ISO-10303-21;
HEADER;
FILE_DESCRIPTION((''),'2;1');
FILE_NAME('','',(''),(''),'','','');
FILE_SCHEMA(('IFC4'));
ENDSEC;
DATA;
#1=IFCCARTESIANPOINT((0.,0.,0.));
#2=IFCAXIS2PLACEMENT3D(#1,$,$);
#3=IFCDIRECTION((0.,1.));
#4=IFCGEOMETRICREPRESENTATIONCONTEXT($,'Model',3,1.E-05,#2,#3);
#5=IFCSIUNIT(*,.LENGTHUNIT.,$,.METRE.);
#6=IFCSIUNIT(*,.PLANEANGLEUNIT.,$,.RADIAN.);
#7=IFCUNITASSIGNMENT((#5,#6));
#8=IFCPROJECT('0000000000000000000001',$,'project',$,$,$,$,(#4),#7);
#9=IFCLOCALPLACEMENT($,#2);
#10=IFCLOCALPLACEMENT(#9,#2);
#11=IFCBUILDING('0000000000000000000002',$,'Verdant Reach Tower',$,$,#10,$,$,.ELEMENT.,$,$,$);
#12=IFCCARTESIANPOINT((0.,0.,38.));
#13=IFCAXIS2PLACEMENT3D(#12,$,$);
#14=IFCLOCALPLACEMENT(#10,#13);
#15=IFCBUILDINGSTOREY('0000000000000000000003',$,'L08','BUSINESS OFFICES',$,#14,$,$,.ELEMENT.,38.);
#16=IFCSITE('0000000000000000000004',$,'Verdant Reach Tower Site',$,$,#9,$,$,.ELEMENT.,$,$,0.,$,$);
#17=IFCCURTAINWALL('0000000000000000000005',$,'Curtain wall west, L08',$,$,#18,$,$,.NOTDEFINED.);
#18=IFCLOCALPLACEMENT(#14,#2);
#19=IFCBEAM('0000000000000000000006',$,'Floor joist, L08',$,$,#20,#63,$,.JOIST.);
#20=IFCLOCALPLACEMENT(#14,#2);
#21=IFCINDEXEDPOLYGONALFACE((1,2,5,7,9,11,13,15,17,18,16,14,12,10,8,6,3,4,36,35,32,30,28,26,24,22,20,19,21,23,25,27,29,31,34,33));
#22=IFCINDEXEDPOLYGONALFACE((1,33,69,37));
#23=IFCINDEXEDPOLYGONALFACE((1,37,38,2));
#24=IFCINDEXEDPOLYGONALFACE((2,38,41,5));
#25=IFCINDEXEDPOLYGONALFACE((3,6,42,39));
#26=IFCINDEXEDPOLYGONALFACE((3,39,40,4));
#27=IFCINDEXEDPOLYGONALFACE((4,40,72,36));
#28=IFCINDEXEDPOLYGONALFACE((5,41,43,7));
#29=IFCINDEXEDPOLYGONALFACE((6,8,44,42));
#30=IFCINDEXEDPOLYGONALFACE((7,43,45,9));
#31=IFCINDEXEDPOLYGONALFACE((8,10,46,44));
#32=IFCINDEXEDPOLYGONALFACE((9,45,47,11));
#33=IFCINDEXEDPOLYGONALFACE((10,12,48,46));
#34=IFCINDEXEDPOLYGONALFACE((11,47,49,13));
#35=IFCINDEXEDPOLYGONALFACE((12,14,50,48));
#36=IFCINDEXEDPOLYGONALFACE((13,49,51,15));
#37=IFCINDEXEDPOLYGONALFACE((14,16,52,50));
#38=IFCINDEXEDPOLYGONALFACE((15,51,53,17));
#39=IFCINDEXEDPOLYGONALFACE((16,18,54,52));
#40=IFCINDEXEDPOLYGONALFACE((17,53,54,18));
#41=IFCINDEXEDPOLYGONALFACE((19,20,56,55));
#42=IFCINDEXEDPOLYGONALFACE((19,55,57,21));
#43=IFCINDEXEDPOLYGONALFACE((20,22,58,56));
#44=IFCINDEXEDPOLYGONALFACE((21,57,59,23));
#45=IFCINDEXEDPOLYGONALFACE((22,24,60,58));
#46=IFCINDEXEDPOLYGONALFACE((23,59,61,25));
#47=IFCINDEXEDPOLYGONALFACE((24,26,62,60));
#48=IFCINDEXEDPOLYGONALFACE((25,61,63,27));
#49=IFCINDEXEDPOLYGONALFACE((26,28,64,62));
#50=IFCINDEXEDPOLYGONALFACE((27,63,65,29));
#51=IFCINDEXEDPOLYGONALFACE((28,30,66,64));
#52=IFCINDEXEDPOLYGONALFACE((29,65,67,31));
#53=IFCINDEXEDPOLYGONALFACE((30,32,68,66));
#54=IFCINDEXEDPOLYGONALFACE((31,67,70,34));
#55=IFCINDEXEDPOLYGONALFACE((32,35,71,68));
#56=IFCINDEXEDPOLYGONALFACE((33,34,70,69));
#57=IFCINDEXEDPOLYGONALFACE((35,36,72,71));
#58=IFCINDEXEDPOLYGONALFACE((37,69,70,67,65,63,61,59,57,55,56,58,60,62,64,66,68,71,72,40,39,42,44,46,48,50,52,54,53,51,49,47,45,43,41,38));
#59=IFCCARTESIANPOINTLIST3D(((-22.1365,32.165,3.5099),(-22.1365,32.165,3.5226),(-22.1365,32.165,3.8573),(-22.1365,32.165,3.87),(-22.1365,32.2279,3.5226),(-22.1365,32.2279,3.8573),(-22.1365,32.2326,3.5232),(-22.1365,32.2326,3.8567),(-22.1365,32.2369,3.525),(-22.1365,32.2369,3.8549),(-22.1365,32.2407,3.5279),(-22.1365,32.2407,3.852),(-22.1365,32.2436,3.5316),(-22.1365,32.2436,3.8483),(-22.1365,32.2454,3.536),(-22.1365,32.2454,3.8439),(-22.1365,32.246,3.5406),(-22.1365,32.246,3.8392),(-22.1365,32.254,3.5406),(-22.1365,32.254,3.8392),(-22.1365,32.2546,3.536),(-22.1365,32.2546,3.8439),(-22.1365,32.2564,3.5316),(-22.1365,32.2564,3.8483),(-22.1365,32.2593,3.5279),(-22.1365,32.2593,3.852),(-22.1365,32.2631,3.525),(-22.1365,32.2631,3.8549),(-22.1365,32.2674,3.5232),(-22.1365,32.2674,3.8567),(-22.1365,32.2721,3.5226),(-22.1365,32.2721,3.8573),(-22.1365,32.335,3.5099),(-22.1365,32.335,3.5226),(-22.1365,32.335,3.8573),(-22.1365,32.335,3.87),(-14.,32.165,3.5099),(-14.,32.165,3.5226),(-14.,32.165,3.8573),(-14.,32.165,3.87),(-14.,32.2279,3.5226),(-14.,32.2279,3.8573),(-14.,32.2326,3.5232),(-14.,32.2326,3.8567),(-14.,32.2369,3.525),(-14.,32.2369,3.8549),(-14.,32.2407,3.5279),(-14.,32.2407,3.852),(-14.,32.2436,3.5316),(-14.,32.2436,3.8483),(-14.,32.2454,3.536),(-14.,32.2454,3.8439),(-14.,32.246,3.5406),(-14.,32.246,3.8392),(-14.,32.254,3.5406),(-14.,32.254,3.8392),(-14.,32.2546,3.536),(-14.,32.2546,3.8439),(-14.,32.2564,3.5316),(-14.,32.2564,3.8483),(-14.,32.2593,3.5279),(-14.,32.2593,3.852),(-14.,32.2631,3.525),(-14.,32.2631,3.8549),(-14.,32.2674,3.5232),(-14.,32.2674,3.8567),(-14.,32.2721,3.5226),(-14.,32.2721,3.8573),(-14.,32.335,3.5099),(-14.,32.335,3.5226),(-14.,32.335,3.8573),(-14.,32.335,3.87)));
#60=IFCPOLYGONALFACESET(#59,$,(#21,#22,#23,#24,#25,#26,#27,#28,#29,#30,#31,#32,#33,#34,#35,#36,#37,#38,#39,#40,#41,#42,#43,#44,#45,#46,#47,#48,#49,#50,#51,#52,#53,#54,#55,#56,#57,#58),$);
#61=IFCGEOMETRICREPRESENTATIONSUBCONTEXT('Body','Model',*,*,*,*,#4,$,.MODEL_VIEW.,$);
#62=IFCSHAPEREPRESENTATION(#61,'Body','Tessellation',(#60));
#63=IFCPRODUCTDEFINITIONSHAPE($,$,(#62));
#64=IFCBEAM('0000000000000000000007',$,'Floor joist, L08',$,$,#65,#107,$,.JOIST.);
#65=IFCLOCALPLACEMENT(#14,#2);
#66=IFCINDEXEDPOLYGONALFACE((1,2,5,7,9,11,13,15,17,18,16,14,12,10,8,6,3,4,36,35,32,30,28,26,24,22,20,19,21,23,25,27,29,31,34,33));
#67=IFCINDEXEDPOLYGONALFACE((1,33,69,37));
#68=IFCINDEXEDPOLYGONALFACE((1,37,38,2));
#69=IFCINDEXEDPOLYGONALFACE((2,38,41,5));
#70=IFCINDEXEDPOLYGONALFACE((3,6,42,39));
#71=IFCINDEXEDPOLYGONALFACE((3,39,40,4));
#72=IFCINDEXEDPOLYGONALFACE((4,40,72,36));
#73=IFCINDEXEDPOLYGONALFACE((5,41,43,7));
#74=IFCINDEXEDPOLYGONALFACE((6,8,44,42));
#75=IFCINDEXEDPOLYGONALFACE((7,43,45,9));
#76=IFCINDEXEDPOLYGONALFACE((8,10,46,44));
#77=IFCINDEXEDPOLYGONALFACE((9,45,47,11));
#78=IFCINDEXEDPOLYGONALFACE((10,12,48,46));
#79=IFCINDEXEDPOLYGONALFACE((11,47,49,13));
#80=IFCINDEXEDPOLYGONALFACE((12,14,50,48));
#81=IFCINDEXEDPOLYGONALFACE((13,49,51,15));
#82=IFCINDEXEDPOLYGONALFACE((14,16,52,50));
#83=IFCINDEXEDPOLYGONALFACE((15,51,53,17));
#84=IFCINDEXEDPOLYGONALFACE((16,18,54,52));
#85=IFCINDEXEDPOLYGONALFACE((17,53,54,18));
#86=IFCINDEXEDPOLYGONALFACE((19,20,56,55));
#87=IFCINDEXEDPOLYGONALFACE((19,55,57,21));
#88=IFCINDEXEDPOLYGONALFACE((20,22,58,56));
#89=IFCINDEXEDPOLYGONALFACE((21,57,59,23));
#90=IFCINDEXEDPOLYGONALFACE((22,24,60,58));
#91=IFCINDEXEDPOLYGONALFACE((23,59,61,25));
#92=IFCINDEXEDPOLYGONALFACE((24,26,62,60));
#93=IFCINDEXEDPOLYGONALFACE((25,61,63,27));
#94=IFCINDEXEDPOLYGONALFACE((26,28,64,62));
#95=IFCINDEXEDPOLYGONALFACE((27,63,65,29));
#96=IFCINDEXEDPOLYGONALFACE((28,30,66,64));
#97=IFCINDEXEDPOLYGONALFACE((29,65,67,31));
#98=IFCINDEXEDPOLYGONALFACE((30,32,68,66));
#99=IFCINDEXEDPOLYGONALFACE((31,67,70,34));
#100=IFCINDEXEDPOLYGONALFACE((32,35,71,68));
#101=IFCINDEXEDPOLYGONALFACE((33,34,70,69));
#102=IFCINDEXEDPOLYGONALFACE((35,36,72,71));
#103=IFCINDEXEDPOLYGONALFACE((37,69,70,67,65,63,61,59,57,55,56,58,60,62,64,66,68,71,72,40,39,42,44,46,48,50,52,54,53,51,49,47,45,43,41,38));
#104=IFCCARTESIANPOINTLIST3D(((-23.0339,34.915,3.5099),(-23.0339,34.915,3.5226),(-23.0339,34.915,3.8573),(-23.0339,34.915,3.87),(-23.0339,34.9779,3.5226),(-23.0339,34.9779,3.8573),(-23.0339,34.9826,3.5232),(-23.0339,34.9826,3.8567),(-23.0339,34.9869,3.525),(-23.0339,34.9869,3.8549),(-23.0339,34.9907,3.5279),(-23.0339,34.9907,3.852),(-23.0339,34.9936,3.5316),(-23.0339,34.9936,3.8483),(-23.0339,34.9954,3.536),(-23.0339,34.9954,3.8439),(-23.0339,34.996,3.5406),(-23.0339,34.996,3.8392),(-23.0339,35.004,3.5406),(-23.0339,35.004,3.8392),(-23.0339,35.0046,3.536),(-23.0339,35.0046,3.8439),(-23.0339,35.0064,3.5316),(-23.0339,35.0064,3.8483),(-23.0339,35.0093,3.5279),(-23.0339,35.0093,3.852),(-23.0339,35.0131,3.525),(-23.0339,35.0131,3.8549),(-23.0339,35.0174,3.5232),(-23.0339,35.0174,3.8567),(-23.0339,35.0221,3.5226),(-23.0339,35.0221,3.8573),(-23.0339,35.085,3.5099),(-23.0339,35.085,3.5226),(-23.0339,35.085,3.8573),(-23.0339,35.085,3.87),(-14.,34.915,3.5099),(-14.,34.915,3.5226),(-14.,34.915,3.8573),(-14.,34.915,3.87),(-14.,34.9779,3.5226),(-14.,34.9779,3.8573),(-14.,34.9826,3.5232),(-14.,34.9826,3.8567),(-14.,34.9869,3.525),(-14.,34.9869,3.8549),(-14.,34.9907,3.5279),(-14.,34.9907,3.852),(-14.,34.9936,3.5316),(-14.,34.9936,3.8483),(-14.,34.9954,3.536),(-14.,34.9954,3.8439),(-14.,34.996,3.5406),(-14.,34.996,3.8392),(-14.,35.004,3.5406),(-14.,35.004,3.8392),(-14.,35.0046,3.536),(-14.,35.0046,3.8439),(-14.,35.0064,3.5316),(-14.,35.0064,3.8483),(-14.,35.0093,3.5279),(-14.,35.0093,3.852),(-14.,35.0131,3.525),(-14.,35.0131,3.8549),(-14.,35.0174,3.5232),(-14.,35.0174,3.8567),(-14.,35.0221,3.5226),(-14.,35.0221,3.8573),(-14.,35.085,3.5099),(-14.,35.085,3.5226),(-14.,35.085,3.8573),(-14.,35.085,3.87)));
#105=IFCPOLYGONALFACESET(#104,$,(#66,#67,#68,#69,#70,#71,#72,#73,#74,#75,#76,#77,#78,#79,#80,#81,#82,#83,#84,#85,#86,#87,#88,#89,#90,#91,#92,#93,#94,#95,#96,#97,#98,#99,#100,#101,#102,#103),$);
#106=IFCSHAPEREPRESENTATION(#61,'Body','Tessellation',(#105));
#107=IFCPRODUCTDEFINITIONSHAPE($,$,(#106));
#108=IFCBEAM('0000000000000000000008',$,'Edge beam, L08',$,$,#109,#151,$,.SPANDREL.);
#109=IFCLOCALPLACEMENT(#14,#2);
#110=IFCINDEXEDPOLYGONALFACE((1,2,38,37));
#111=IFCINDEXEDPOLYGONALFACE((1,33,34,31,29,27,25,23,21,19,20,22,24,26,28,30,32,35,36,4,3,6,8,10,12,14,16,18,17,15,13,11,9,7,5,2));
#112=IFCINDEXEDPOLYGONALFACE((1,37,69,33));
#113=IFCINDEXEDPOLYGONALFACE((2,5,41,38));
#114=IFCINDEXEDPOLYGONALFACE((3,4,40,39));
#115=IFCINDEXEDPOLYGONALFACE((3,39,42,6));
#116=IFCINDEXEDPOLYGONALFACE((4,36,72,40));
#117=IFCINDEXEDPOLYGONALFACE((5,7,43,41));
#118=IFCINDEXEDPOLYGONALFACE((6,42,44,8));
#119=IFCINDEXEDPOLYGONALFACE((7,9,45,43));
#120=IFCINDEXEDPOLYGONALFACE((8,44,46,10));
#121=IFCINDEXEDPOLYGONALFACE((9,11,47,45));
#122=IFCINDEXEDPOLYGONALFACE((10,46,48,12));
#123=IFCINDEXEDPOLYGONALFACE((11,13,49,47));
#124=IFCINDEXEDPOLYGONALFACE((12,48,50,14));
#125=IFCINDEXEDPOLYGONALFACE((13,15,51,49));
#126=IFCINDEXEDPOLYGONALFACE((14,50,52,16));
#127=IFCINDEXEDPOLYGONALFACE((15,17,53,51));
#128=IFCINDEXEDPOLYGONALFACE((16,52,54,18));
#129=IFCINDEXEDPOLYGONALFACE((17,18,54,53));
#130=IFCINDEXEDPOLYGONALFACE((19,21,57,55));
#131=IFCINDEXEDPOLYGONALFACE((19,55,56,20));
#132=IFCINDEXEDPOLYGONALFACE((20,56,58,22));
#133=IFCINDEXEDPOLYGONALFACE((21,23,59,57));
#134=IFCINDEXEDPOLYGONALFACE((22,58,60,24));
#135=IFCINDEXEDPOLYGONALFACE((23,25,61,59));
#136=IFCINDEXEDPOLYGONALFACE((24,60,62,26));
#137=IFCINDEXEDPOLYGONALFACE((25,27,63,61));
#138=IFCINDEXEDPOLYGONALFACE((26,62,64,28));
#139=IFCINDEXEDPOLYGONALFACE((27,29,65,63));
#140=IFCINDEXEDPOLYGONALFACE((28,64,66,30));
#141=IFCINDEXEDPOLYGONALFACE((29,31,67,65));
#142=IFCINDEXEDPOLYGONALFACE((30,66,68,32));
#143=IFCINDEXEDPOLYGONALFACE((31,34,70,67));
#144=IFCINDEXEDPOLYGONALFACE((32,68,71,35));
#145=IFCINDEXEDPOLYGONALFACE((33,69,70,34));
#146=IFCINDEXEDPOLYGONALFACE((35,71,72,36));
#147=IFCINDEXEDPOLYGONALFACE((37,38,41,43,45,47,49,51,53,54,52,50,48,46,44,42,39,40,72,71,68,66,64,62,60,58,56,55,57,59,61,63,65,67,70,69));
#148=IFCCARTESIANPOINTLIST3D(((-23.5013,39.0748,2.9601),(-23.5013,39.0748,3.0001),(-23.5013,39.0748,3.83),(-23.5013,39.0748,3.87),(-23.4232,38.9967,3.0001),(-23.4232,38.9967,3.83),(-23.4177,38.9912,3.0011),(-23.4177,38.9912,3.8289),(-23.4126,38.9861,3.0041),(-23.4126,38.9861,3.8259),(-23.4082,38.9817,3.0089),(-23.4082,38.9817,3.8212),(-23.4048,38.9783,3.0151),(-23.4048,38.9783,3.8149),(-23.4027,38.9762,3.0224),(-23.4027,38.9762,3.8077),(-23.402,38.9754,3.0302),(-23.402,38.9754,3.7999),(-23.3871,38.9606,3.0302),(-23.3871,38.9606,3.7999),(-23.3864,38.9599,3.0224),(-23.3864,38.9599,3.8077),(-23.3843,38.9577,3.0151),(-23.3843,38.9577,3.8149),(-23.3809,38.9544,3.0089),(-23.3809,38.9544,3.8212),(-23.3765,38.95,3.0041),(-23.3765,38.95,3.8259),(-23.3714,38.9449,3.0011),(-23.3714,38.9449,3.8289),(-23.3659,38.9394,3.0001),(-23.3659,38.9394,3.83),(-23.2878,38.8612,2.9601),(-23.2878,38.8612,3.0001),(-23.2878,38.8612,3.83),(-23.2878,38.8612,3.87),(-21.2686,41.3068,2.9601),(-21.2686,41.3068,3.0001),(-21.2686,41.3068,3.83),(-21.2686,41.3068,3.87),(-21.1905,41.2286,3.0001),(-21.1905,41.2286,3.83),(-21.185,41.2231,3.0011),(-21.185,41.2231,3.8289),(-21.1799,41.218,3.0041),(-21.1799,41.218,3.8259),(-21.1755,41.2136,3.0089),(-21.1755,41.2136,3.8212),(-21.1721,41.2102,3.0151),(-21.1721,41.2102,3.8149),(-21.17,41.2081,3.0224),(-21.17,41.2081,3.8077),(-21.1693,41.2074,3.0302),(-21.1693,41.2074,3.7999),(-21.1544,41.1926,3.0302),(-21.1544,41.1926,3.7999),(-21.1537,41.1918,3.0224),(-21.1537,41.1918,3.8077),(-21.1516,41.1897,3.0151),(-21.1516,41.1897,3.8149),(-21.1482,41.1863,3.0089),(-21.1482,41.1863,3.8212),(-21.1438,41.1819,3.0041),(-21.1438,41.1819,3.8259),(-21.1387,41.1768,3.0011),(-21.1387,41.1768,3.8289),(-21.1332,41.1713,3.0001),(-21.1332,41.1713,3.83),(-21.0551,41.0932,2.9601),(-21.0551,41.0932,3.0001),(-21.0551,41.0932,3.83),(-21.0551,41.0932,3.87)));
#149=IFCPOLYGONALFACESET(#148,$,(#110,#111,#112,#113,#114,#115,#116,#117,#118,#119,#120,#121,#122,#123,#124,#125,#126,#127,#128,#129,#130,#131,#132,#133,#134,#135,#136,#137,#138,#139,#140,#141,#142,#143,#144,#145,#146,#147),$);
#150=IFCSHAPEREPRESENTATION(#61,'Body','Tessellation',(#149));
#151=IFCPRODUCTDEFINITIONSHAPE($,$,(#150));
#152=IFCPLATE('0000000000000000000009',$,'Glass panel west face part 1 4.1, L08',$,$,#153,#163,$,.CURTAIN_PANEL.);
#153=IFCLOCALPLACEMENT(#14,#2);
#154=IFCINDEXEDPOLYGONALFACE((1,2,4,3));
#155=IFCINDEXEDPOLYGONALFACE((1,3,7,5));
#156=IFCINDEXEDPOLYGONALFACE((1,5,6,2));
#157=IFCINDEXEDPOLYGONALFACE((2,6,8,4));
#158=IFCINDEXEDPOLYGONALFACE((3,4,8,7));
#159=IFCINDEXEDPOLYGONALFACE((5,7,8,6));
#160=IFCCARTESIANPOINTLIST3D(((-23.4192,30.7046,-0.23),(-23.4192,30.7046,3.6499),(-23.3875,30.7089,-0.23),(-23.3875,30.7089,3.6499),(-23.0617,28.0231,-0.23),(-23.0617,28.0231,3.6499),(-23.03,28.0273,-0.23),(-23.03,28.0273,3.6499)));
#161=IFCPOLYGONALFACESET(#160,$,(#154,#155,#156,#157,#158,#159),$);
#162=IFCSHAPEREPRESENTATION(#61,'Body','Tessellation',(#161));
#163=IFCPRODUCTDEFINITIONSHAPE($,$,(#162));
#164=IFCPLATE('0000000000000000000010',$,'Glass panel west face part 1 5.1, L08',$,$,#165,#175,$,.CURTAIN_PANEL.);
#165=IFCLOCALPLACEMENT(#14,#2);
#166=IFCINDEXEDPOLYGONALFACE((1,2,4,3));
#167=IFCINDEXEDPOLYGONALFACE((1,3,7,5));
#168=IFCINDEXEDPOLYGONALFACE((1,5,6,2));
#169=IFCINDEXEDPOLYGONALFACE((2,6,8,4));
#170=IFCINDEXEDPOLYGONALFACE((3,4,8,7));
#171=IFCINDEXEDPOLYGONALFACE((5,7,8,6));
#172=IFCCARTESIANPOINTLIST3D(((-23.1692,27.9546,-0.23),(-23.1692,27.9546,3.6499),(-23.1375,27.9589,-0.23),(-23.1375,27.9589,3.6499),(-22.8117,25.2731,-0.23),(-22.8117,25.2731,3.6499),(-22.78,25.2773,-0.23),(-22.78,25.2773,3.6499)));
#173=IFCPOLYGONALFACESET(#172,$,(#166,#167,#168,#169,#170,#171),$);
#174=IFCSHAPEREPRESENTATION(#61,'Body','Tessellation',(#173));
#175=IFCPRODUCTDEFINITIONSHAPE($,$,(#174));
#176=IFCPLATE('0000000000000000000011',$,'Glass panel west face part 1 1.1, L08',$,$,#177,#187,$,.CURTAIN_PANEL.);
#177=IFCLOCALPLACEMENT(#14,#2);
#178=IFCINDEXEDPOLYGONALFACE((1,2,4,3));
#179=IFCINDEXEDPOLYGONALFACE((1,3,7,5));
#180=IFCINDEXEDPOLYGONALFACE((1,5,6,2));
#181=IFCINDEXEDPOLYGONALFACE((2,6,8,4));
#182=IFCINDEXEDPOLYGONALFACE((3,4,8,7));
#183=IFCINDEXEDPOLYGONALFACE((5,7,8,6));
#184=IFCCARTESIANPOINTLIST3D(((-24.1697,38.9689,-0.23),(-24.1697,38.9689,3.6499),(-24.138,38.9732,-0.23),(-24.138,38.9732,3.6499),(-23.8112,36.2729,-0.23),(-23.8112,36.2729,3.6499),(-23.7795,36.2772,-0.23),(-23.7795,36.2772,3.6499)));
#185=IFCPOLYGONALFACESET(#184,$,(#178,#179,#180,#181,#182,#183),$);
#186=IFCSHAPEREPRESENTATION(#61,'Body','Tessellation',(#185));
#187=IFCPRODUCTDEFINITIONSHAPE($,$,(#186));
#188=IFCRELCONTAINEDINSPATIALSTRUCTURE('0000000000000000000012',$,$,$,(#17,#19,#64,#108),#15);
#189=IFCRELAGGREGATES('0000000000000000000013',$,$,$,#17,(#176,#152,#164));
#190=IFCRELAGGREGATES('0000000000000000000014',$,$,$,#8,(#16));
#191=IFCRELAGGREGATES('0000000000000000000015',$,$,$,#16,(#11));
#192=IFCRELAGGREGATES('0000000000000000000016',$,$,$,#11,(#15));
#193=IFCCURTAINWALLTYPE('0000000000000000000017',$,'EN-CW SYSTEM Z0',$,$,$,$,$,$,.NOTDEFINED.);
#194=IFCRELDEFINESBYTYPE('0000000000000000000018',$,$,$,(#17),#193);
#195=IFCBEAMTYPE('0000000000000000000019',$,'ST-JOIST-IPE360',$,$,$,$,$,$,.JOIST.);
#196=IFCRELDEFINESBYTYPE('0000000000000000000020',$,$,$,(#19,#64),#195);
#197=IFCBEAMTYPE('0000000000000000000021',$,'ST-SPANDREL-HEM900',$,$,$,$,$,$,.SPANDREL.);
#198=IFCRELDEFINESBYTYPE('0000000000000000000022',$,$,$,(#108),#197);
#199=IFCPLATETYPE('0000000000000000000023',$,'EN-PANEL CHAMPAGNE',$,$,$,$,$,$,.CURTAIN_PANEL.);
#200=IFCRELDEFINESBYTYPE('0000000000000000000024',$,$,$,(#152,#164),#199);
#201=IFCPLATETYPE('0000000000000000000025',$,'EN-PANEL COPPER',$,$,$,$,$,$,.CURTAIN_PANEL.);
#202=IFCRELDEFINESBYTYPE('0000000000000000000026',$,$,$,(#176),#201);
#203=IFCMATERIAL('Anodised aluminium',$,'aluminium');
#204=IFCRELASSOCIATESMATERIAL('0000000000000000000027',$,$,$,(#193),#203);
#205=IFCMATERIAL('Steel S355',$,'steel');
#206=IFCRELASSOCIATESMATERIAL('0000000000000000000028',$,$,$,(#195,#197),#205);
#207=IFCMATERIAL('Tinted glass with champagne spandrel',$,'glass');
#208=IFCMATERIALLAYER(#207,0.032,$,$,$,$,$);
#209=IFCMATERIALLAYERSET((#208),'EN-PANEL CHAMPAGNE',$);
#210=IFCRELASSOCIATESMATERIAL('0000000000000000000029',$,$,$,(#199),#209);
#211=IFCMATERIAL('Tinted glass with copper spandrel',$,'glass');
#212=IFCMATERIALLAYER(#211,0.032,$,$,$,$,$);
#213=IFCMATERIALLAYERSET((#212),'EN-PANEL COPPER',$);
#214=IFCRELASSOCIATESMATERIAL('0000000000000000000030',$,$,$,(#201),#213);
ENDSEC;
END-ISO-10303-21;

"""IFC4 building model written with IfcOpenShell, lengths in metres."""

from ifc_helpers import new_model, si_unit, direction, frame, origin, origin_2d, place, context, subcontext, project, spatial, rectangle, i_section, extrude, material, layer, layer_set, material_profile, profile_set, type_object, element, aggregate, save


model = new_model("IFC4")

# Units and contexts
model_context = context("Model", 3, precision=1e-05, world=origin(), true_north=direction((0.0, 1.0)))
body_context = subcontext(model_context, "Body", "Model", "MODEL_VIEW")
ifc_project = project(units=[si_unit("LENGTHUNIT", "METRE"), si_unit("PLANEANGLEUNIT", "RADIAN")], contexts=[model_context])

# Site, building, storey
site_placement = place(None, origin())
site = spatial("IfcSite", under=ifc_project, at=site_placement, Name="Verdant Reach Tower Site", CompositionType="ELEMENT", RefElevation=0.0)
building_placement = place(site_placement, origin())
building = spatial("IfcBuilding", under=site, at=building_placement, Name="Verdant Reach Tower", CompositionType="ELEMENT")
storey_placement = place(building_placement, frame((0.0, 0.0, 38.0)))
storey = spatial("IfcBuildingStorey", under=building, at=storey_placement, Name="L08", Description="BUSINESS OFFICES", CompositionType="ELEMENT", Elevation=38.0)

# Curtain wall
ifc_material_1 = material(Name="Anodised aluminium", Category="aluminium")
curtain_wall_type = type_object("IfcCurtainWallType", Name="EN-CW SYSTEM Z0", PredefinedType="NOTDEFINED", material=ifc_material_1)
curtain_wall_placement = place(storey_placement, origin())
curtain_wall = element("IfcCurtainWall", 1, at=curtain_wall_placement, inside=storey, type_object=curtain_wall_type, Name="Curtain wall west, L08", PredefinedType="NOTDEFINED")

# Beams
ifc_material_2 = material(Name="Steel S355", Category="steel")
ifc_material_profile_1 = material_profile(ifc_material_2, i_section(OverallWidth=0.1699, OverallDepth=0.3601, WebThickness=0.0081, FlangeThickness=0.0127, FilletRadius=0.0181, at=origin_2d()), Name="IPE 360")
ifc_profile_set_1 = profile_set([ifc_material_profile_1], Name="Steel S355")
beam_type_1 = type_object("IfcBeamType", Name="ST-JOIST-IPE360", PredefinedType="JOIST", material=ifc_profile_set_1)
beam_1_placement = place(storey_placement, frame((-14.0, 32.25, 3.6899), z_axis=(-1.0, 0.0, 0.0), x_axis=(0.0, -1.0, 0.0)))
element("IfcBeam", 2, at=beam_1_placement, inside=storey, type_object=beam_type_1, Name="Floor joist, L08", PredefinedType="JOIST", context=body_context, shape_type="SweptSolid", body=[
    extrude(i_section(OverallWidth=0.1699, OverallDepth=0.3601, WebThickness=0.0081, FlangeThickness=0.0127, FilletRadius=0.0181, at=origin_2d()), origin(), (0.0, 0.0, 1.0), 8.1365),
])
beam_2_placement = place(storey_placement, frame((-14.0, 35.0, 3.6899), z_axis=(-1.0, 0.0, 0.0), x_axis=(0.0, -1.0, 0.0)))
element("IfcBeam", 3, at=beam_2_placement, inside=storey, type_object=beam_type_1, Name="Floor joist, L08", PredefinedType="JOIST", context=body_context, shape_type="SweptSolid", body=[
    extrude(i_section(OverallWidth=0.1699, OverallDepth=0.3601, WebThickness=0.0081, FlangeThickness=0.0127, FilletRadius=0.0181, at=origin_2d()), origin(), (0.0, 0.0, 1.0), 9.0339),
])
ifc_material_profile_2 = material_profile(ifc_material_2, i_section(OverallWidth=0.302, OverallDepth=0.9099, WebThickness=0.021, FlangeThickness=0.04, FilletRadius=0.03, at=origin_2d()), Name="HEM 900")
ifc_profile_set_2 = profile_set([ifc_material_profile_2], Name="Steel S355")
beam_type_2 = type_object("IfcBeamType", Name="ST-SPANDREL-HEM900", PredefinedType="SPANDREL", material=ifc_profile_set_2)
beam_3_placement = place(storey_placement, frame((-23.3945, 38.968, 3.415), z_axis=(0.707223, 0.706991, 0.0), x_axis=(-0.706991, 0.707223, 0.0)))
element("IfcBeam", 4, at=beam_3_placement, inside=storey, type_object=beam_type_2, Name="Edge beam, L08", PredefinedType="SPANDREL", context=body_context, shape_type="SweptSolid", body=[
    extrude(i_section(OverallWidth=0.302, OverallDepth=0.9099, WebThickness=0.021, FlangeThickness=0.04, FilletRadius=0.03, at=origin_2d()), origin(), (0.0, 0.0, 1.0), 3.157),
])

# Plates
ifc_material_3 = material(Name="Tinted glass with champagne spandrel", Category="glass")
ifc_layer_1 = layer(ifc_material_3, 0.032)
ifc_layer_set_1 = layer_set([ifc_layer_1], Name="EN-PANEL CHAMPAGNE")
plate_type_1 = type_object("IfcPlateType", Name="EN-PANEL CHAMPAGNE", PredefinedType="CURTAIN_PANEL", material=ifc_layer_set_1)
plate_1_placement = place(storey_placement, frame((-23.2246, 29.366, -0.23), z_axis=(0.0, 0.0, 1.0), x_axis=(0.13216, -0.991228, 0.0)))
plate_1 = element("IfcPlate", 5, at=plate_1_placement, type_object=plate_type_1, Name="Glass panel west face part 1 4.1, L08", PredefinedType="CURTAIN_PANEL", context=body_context, shape_type="SweptSolid", body=[
    extrude(rectangle(XDim=2.7053, YDim=0.032, at=origin_2d()), origin(), (0.0, 0.0, 1.0), 3.8799),
])
plate_2_placement = place(storey_placement, frame((-22.9746, 26.616, -0.23), z_axis=(0.0, 0.0, 1.0), x_axis=(0.13216, -0.991228, 0.0)))
plate_2 = element("IfcPlate", 6, at=plate_2_placement, type_object=plate_type_1, Name="Glass panel west face part 1 5.1, L08", PredefinedType="CURTAIN_PANEL", context=body_context, shape_type="SweptSolid", body=[
    extrude(rectangle(XDim=2.7053, YDim=0.032, at=origin_2d()), origin(), (0.0, 0.0, 1.0), 3.8799),
])
ifc_material_4 = material(Name="Tinted glass with copper spandrel", Category="glass")
ifc_layer_2 = layer(ifc_material_4, 0.032)
ifc_layer_set_2 = layer_set([ifc_layer_2], Name="EN-PANEL COPPER")
plate_type_2 = type_object("IfcPlateType", Name="EN-PANEL COPPER", PredefinedType="CURTAIN_PANEL", material=ifc_layer_set_2)
plate_3_placement = place(storey_placement, frame((-23.9746, 37.623, -0.23), z_axis=(0.0, 0.0, 1.0), x_axis=(0.131793, -0.991277, 0.0)))
plate_3 = element("IfcPlate", 7, at=plate_3_placement, type_object=plate_type_2, Name="Glass panel west face part 1 1.1, L08", PredefinedType="CURTAIN_PANEL", context=body_context, shape_type="SweptSolid", body=[
    extrude(rectangle(XDim=2.7197, YDim=0.032, at=origin_2d()), origin(), (0.0, 0.0, 1.0), 3.8799),
])
aggregate(curtain_wall, [plate_3, plate_1, plate_2])

save(model, "model.ifc")
